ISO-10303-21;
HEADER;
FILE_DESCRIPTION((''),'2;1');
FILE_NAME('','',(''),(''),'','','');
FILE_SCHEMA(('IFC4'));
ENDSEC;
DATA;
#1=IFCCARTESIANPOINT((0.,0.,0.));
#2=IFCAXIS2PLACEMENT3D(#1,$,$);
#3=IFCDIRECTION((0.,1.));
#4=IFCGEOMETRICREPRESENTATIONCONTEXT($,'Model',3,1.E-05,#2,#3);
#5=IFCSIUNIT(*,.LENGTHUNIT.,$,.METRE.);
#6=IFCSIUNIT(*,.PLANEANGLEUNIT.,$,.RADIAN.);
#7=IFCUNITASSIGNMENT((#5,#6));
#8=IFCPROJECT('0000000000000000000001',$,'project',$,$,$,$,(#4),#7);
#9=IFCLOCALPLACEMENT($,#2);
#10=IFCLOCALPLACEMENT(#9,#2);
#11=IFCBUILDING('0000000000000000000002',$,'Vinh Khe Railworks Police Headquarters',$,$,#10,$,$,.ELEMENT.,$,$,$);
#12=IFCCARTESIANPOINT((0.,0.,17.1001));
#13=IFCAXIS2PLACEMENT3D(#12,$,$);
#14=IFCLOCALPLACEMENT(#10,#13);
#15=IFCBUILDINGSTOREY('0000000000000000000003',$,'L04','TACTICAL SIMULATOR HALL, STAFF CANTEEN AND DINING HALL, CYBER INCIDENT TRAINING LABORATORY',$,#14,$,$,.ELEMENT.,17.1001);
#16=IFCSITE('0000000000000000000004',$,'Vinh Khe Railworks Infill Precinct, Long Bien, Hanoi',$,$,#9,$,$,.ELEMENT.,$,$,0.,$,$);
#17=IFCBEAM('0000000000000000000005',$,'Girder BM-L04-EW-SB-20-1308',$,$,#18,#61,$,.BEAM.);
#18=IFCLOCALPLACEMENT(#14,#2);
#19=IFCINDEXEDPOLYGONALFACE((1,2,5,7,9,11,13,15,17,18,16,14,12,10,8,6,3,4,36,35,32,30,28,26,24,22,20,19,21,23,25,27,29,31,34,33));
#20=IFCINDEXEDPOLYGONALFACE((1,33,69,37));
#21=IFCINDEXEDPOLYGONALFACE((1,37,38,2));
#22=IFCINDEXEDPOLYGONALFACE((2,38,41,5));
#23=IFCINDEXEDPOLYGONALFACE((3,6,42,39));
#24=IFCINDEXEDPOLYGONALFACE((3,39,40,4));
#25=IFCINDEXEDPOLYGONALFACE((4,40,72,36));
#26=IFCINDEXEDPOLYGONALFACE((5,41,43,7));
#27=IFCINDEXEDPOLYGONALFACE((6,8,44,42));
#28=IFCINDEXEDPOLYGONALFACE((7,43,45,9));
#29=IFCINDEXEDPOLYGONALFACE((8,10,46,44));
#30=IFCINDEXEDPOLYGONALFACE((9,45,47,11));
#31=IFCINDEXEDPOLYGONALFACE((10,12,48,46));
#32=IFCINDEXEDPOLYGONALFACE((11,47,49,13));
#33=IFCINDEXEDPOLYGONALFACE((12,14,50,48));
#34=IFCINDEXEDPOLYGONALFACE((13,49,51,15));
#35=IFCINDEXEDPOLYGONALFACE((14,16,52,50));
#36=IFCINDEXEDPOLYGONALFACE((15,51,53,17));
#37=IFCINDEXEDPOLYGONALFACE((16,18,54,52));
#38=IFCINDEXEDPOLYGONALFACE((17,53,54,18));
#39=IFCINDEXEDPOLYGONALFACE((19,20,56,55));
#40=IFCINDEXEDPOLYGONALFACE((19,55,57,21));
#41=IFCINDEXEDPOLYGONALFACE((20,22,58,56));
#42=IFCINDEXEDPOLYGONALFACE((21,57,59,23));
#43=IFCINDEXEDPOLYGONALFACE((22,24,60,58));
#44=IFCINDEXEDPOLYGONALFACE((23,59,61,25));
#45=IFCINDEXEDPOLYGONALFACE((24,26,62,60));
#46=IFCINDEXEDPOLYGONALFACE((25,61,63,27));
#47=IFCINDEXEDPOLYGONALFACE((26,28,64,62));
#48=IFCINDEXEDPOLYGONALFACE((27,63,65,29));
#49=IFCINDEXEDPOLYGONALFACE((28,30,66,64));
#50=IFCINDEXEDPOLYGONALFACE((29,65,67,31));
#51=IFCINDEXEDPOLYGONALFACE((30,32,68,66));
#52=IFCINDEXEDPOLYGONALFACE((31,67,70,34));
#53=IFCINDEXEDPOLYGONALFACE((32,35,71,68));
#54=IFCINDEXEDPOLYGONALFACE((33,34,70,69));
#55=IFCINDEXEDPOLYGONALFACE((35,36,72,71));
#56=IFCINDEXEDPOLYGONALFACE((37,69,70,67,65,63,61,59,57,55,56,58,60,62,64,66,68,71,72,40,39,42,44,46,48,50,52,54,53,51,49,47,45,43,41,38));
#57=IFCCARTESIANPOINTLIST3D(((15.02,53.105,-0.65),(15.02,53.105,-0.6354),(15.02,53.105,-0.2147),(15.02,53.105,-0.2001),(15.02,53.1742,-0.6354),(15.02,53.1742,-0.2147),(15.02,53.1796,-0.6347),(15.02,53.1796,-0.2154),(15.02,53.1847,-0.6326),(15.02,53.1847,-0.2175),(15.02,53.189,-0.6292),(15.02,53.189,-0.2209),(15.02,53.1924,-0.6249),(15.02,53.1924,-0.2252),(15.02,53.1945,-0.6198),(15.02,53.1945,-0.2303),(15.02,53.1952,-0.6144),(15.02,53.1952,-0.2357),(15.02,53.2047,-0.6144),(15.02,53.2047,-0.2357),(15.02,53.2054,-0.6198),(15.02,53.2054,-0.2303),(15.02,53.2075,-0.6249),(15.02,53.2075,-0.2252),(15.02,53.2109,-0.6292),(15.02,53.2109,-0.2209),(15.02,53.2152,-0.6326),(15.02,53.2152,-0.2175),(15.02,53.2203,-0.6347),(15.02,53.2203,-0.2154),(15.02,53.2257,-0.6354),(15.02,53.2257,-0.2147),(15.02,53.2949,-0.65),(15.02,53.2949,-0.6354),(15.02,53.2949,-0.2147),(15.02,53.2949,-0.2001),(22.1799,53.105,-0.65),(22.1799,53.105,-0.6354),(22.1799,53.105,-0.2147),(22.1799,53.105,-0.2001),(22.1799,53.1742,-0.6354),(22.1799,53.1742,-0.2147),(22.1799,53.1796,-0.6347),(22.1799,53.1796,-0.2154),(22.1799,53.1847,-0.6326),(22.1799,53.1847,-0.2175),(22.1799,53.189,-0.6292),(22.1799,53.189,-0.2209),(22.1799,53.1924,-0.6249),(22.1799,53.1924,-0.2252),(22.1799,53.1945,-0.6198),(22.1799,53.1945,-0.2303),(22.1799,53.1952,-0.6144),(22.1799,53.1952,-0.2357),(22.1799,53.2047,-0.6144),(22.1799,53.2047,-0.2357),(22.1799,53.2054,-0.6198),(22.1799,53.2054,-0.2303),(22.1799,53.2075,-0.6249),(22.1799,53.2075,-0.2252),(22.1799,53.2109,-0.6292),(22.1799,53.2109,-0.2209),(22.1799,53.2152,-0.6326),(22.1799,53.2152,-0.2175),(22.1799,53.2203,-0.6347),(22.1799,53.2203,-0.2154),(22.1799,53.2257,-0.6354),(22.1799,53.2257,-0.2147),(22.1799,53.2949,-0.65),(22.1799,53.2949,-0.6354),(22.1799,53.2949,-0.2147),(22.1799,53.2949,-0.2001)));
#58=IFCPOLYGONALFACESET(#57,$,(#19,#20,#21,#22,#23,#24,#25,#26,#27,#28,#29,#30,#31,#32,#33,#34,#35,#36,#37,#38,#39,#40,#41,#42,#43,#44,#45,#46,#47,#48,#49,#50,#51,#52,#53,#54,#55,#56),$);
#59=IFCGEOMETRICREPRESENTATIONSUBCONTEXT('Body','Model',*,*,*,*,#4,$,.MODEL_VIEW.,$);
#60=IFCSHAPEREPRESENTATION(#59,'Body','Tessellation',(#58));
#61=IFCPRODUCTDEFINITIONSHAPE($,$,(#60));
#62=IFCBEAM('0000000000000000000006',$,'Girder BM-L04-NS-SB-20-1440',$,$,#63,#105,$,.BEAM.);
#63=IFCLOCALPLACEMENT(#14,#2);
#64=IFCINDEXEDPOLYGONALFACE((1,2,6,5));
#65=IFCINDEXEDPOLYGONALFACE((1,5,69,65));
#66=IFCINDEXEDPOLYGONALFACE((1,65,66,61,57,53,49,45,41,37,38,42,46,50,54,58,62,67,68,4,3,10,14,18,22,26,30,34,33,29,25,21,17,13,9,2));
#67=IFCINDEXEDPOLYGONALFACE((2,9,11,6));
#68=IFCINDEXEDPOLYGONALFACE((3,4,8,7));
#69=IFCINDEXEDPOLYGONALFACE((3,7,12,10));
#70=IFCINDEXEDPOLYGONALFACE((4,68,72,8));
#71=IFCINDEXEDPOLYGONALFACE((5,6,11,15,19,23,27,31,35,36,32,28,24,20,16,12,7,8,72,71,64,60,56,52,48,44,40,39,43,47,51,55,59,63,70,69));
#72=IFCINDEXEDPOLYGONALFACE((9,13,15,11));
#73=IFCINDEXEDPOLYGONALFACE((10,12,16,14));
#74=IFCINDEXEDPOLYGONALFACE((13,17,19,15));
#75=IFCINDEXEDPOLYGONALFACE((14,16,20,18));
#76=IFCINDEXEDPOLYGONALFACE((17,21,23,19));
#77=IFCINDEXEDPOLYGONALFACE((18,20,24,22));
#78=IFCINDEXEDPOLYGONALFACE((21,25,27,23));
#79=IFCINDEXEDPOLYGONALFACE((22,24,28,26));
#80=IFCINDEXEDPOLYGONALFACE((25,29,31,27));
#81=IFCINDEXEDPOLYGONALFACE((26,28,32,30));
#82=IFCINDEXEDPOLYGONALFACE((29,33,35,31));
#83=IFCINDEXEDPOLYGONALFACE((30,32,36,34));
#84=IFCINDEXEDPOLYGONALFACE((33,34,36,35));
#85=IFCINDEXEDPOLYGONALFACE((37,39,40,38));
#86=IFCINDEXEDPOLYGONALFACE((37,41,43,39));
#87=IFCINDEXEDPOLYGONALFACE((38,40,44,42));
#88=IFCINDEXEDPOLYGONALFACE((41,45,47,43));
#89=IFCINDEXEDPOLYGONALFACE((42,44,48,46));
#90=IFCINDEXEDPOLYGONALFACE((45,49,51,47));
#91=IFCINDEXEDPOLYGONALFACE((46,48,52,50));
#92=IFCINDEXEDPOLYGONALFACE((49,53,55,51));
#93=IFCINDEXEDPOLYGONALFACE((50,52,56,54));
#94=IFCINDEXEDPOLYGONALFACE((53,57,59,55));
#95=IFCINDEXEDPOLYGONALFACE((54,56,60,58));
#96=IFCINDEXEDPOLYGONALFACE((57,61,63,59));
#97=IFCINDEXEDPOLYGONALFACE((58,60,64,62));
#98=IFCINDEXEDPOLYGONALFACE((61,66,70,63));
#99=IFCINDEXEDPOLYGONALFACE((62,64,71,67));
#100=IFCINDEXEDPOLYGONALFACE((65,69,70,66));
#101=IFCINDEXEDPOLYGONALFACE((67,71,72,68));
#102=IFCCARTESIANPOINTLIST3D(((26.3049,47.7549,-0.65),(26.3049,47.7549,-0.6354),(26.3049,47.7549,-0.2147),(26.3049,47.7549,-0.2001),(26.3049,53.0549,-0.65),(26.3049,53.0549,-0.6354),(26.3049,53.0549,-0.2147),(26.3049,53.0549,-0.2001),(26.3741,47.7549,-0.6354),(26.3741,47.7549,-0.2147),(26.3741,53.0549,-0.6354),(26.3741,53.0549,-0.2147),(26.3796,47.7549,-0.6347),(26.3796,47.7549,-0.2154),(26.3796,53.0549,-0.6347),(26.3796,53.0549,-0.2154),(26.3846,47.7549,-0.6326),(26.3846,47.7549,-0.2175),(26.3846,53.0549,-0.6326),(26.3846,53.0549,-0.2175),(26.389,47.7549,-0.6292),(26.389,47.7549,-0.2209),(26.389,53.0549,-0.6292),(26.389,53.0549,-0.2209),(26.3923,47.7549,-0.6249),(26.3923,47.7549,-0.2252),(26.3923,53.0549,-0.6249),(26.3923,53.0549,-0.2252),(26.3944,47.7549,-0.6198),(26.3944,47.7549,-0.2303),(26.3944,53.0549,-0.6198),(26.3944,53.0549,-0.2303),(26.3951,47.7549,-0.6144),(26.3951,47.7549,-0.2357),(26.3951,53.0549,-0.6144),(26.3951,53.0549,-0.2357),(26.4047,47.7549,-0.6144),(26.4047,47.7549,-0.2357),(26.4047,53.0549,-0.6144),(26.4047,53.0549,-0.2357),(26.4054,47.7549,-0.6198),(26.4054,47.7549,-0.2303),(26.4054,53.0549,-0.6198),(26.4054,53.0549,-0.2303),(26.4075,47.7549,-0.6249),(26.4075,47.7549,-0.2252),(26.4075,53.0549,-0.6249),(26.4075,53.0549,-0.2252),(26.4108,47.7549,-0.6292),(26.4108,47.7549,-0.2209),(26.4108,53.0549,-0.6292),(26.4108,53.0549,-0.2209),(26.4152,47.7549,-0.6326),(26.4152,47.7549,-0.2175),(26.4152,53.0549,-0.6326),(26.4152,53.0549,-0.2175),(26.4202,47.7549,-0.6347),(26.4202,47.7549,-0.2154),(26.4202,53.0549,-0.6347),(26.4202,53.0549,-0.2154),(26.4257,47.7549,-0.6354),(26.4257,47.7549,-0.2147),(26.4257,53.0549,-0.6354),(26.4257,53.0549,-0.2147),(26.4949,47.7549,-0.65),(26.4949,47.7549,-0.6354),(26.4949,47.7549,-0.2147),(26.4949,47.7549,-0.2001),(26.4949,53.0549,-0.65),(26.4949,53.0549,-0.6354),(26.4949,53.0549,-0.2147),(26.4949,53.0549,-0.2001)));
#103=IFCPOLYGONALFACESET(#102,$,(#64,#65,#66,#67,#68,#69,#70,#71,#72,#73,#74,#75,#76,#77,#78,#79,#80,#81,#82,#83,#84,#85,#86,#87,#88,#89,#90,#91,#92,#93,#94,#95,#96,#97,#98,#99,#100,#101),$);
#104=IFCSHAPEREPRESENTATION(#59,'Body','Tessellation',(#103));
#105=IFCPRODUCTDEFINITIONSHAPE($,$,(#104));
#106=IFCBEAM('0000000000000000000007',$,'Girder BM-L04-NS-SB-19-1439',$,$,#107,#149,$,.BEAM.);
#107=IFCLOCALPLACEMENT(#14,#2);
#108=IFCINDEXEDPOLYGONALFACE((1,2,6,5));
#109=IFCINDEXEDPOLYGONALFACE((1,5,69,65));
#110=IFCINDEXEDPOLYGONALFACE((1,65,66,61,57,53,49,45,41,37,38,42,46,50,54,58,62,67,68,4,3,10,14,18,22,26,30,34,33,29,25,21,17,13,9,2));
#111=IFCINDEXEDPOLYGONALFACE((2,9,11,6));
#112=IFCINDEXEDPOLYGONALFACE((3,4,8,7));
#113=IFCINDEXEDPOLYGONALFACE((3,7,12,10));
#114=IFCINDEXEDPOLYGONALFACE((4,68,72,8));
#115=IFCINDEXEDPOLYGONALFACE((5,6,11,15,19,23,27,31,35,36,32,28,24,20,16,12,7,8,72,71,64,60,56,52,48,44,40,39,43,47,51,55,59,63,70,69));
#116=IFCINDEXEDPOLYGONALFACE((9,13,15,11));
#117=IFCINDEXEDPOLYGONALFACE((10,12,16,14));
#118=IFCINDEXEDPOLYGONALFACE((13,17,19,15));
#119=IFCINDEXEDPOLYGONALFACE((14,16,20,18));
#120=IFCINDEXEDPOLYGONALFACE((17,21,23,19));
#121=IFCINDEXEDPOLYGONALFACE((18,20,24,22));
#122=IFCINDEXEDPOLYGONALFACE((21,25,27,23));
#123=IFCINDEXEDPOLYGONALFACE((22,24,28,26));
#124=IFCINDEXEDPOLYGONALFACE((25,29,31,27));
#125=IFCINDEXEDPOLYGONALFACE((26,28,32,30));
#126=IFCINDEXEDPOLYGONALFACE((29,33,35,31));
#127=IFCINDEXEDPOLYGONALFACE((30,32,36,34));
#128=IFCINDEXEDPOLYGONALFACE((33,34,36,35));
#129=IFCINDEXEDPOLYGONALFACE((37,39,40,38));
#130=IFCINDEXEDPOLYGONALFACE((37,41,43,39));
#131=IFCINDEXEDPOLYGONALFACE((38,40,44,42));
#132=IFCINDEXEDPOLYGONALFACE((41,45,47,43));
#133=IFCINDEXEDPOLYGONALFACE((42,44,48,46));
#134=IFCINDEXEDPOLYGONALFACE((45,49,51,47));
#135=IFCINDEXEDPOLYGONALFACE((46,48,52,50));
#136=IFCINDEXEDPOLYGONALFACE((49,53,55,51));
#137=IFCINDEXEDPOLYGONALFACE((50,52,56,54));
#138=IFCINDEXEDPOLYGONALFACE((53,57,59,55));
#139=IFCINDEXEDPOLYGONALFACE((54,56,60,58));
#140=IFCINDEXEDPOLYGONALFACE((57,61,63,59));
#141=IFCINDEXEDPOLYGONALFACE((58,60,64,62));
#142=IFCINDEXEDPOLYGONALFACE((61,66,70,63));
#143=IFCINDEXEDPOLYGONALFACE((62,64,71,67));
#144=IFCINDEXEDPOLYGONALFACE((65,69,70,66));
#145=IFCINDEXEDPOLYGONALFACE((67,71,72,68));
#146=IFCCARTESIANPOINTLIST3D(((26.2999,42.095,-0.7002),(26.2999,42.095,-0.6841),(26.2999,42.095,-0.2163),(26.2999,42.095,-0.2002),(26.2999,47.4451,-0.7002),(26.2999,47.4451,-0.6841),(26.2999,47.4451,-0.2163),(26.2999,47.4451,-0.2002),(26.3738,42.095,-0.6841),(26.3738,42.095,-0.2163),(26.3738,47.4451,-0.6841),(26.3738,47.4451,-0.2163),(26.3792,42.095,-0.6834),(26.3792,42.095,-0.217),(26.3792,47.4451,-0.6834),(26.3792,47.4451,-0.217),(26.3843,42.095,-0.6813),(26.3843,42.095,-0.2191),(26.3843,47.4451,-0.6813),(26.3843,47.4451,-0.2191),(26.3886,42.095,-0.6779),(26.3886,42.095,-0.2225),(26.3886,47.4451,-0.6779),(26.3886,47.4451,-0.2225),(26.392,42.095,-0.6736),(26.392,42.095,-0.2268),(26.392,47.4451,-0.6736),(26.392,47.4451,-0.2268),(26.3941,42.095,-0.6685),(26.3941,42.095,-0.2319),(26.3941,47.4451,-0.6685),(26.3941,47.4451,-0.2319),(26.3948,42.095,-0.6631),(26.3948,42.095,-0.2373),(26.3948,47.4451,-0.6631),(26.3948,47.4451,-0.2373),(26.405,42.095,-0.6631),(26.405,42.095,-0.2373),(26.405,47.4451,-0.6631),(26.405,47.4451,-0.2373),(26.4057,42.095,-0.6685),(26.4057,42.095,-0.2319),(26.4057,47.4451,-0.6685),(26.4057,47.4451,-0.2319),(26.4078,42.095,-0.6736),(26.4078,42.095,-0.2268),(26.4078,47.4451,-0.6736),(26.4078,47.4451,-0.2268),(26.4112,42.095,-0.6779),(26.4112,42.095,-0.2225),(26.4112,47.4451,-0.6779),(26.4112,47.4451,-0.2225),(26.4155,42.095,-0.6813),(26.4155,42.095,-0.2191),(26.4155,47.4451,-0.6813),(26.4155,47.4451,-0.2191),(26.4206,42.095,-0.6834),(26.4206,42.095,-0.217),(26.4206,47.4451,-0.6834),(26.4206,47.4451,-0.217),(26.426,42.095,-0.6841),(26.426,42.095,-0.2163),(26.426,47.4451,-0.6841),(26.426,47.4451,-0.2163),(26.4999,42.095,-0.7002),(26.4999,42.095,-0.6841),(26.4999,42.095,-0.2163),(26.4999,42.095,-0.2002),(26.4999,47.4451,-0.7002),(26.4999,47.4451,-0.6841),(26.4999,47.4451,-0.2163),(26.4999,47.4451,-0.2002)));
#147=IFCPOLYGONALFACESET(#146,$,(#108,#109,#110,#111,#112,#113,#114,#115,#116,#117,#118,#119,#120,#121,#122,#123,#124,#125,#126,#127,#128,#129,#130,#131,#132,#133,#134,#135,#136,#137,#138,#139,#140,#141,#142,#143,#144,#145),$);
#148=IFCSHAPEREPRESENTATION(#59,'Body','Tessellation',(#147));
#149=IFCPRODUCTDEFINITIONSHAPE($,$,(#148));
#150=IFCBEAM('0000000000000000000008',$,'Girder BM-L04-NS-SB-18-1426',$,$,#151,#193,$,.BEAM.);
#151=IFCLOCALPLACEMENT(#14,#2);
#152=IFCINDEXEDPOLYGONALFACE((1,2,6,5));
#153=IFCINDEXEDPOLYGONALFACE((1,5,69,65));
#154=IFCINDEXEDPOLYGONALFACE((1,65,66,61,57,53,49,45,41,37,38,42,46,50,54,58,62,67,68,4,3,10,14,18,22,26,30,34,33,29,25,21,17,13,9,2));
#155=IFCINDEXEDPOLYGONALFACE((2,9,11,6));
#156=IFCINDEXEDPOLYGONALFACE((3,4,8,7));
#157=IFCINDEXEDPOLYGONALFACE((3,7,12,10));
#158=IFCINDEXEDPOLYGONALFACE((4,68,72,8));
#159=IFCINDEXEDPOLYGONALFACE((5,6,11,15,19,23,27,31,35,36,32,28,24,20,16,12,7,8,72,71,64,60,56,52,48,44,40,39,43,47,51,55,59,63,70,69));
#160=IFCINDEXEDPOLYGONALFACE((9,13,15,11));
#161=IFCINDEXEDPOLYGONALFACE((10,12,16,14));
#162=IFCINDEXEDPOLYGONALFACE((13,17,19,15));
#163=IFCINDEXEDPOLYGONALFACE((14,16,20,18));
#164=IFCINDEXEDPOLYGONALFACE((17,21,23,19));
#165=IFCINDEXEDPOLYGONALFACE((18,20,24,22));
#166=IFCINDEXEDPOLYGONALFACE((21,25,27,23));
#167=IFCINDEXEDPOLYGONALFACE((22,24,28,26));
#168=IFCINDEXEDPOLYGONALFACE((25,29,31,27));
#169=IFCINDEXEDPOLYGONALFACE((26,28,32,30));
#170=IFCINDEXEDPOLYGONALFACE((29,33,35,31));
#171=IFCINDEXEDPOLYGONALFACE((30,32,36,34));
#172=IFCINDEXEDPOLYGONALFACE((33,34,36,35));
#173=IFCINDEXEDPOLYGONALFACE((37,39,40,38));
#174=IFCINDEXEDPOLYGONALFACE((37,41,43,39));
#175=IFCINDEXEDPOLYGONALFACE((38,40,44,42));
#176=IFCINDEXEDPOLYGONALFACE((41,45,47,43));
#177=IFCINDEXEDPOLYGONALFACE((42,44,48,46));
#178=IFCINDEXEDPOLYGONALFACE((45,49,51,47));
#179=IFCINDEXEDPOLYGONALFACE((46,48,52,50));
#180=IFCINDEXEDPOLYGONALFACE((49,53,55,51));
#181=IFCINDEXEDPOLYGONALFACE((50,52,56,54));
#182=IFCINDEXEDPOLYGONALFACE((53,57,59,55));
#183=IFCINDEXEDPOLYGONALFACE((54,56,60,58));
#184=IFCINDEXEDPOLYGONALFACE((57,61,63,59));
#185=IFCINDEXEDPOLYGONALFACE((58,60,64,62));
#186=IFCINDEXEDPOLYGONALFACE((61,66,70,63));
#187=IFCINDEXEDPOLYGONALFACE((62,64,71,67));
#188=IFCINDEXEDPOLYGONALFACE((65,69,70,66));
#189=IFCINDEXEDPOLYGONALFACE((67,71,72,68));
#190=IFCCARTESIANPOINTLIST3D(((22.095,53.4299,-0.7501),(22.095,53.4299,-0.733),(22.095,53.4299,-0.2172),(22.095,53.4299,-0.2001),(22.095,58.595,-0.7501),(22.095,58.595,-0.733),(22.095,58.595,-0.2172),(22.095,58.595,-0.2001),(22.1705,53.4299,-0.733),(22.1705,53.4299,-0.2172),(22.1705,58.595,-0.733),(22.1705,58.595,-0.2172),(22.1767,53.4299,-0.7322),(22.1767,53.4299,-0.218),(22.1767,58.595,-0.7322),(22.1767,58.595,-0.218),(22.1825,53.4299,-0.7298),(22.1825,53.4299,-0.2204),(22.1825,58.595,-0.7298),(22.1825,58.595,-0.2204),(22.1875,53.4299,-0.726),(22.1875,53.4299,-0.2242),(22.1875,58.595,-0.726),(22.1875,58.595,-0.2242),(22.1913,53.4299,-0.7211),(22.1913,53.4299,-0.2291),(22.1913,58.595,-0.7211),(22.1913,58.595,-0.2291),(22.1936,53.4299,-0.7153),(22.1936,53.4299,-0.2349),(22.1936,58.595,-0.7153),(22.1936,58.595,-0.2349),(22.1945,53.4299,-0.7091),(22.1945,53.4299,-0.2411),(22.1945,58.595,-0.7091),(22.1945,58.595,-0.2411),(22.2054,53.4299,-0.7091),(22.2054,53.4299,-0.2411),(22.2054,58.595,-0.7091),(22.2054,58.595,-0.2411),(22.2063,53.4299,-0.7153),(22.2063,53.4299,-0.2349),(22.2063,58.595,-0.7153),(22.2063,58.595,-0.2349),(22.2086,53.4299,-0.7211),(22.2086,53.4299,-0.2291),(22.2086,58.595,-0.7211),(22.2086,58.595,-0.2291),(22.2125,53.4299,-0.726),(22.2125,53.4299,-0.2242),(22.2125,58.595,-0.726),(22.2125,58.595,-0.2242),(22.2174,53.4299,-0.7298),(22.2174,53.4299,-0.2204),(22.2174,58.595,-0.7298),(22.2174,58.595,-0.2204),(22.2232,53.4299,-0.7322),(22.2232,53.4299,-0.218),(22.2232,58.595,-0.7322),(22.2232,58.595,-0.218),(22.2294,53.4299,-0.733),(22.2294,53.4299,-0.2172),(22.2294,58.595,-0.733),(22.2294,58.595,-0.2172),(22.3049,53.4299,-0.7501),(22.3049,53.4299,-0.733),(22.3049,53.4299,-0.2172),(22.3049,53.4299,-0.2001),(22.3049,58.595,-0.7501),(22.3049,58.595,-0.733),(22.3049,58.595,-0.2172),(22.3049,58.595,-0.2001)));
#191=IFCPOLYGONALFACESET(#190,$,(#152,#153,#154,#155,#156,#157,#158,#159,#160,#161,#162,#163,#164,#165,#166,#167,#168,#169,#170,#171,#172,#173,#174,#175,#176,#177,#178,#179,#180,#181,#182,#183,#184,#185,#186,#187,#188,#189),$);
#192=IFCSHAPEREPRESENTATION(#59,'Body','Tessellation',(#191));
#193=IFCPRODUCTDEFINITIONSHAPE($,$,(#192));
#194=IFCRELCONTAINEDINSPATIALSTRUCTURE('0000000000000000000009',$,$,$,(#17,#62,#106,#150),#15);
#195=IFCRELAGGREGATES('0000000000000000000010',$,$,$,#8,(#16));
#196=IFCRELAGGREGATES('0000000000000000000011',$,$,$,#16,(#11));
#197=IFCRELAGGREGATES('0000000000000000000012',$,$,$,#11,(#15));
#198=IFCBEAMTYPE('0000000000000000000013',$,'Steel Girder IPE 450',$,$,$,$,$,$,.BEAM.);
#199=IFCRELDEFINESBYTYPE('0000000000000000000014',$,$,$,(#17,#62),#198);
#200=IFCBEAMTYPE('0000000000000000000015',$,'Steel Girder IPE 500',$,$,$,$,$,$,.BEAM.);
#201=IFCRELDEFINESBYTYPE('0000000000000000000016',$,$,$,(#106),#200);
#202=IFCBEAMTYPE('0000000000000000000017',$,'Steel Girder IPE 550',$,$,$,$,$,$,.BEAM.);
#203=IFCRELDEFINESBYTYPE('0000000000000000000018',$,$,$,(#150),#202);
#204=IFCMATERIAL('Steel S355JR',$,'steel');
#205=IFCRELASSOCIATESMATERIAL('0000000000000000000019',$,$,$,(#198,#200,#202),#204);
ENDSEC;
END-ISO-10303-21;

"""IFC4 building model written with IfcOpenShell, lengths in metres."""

from ifc_helpers import new_model, si_unit, direction, frame, origin, origin_2d, place, context, subcontext, project, spatial, i_section, extrude, material, material_profile, profile_set, type_object, element, save


model = new_model("IFC4")

# Units and contexts
model_context = context("Model", 3, precision=1e-05, world=origin(), true_north=direction((0.0, 1.0)))
body_context = subcontext(model_context, "Body", "Model", "MODEL_VIEW")
ifc_project = project(units=[si_unit("LENGTHUNIT", "METRE"), si_unit("PLANEANGLEUNIT", "RADIAN")], contexts=[model_context])

# Site, building, storey
site_placement = place(None, origin())
site = spatial("IfcSite", under=ifc_project, at=site_placement, Name="Vinh Khe Railworks Infill Precinct, Long Bien, Hanoi", CompositionType="ELEMENT", RefElevation=0.0)
building_placement = place(site_placement, origin())
building = spatial("IfcBuilding", under=site, at=building_placement, Name="Vinh Khe Railworks Police Headquarters", CompositionType="ELEMENT")
storey_placement = place(building_placement, frame((0.0, 0.0, 17.1001)))
storey = spatial("IfcBuildingStorey", under=building, at=storey_placement, Name="L04", Description="TACTICAL SIMULATOR HALL, STAFF CANTEEN AND DINING HALL, CYBER INCIDENT TRAINING LABORATORY", CompositionType="ELEMENT", Elevation=17.1001)

# Shared definitions
ifc_material_1 = material(Name="Steel S355JR", Category="steel")

# Beams
ifc_material_profile_1 = material_profile(ifc_material_1, i_section(OverallWidth=0.1899, OverallDepth=0.45, WebThickness=0.0095, FlangeThickness=0.0146, FilletRadius=0.021, at=origin_2d()), Name="IPE 450")
ifc_profile_set_1 = profile_set([ifc_material_profile_1], Name="Steel S355JR")
beam_type_1 = type_object("IfcBeamType", Name="Steel Girder IPE 450", PredefinedType="BEAM", material=ifc_profile_set_1)
beam_1_placement = place(storey_placement, frame((15.02, 53.2, -0.425), z_axis=(1.0, 0.0, 0.0), x_axis=(0.0, 1.0, 0.0)))
element("IfcBeam", 1, at=beam_1_placement, inside=storey, type_object=beam_type_1, Name="Girder BM-L04-EW-SB-20-1308", PredefinedType="BEAM", context=body_context, shape_type="SweptSolid", body=[
    extrude(i_section(OverallWidth=0.1899, OverallDepth=0.45, WebThickness=0.0095, FlangeThickness=0.0146, FilletRadius=0.021, at=origin_2d()), origin(), (0.0, 0.0, 1.0), 7.1599),
])
beam_2_placement = place(storey_placement, frame((26.3999, 47.7549, -0.425), z_axis=(0.0, 1.0, 0.0), x_axis=(-1.0, 0.0, 0.0)))
element("IfcBeam", 2, at=beam_2_placement, inside=storey, type_object=beam_type_1, Name="Girder BM-L04-NS-SB-20-1440", PredefinedType="BEAM", context=body_context, shape_type="SweptSolid", body=[
    extrude(i_section(OverallWidth=0.1899, OverallDepth=0.45, WebThickness=0.0095, FlangeThickness=0.0146, FilletRadius=0.021, at=origin_2d()), origin(), (0.0, 0.0, 1.0), 5.3),
])
ifc_material_profile_2 = material_profile(ifc_material_1, i_section(OverallWidth=0.2, OverallDepth=0.5, WebThickness=0.0103, FlangeThickness=0.0161, FilletRadius=0.021, at=origin_2d()), Name="IPE 500")
ifc_profile_set_2 = profile_set([ifc_material_profile_2], Name="Steel S355JR")
beam_type_2 = type_object("IfcBeamType", Name="Steel Girder IPE 500", PredefinedType="BEAM", material=ifc_profile_set_2)
beam_3_placement = place(storey_placement, frame((26.3999, 42.095, -0.4502), z_axis=(0.0, 1.0, 0.0), x_axis=(-1.0, 0.0, 0.0)))
element("IfcBeam", 3, at=beam_3_placement, inside=storey, type_object=beam_type_2, Name="Girder BM-L04-NS-SB-19-1439", PredefinedType="BEAM", context=body_context, shape_type="SweptSolid", body=[
    extrude(i_section(OverallWidth=0.2, OverallDepth=0.5, WebThickness=0.0103, FlangeThickness=0.0161, FilletRadius=0.021, at=origin_2d()), origin(), (0.0, 0.0, 1.0), 5.3501),
])
ifc_material_profile_3 = material_profile(ifc_material_1, i_section(OverallWidth=0.21, OverallDepth=0.55, WebThickness=0.011, FlangeThickness=0.0171, FilletRadius=0.0239, at=origin_2d()), Name="IPE 550")
ifc_profile_set_3 = profile_set([ifc_material_profile_3], Name="Steel S355JR")
beam_type_3 = type_object("IfcBeamType", Name="Steel Girder IPE 550", PredefinedType="BEAM", material=ifc_profile_set_3)
beam_4_placement = place(storey_placement, frame((22.2, 53.4299, -0.4751), z_axis=(0.0, 1.0, 0.0), x_axis=(-1.0, 0.0, 0.0)))
element("IfcBeam", 4, at=beam_4_placement, inside=storey, type_object=beam_type_3, Name="Girder BM-L04-NS-SB-18-1426", PredefinedType="BEAM", context=body_context, shape_type="SweptSolid", body=[
    extrude(i_section(OverallWidth=0.21, OverallDepth=0.55, WebThickness=0.011, FlangeThickness=0.0171, FilletRadius=0.0239, at=origin_2d()), origin(), (0.0, 0.0, 1.0), 5.165),
])

save(model, "model.ifc")
